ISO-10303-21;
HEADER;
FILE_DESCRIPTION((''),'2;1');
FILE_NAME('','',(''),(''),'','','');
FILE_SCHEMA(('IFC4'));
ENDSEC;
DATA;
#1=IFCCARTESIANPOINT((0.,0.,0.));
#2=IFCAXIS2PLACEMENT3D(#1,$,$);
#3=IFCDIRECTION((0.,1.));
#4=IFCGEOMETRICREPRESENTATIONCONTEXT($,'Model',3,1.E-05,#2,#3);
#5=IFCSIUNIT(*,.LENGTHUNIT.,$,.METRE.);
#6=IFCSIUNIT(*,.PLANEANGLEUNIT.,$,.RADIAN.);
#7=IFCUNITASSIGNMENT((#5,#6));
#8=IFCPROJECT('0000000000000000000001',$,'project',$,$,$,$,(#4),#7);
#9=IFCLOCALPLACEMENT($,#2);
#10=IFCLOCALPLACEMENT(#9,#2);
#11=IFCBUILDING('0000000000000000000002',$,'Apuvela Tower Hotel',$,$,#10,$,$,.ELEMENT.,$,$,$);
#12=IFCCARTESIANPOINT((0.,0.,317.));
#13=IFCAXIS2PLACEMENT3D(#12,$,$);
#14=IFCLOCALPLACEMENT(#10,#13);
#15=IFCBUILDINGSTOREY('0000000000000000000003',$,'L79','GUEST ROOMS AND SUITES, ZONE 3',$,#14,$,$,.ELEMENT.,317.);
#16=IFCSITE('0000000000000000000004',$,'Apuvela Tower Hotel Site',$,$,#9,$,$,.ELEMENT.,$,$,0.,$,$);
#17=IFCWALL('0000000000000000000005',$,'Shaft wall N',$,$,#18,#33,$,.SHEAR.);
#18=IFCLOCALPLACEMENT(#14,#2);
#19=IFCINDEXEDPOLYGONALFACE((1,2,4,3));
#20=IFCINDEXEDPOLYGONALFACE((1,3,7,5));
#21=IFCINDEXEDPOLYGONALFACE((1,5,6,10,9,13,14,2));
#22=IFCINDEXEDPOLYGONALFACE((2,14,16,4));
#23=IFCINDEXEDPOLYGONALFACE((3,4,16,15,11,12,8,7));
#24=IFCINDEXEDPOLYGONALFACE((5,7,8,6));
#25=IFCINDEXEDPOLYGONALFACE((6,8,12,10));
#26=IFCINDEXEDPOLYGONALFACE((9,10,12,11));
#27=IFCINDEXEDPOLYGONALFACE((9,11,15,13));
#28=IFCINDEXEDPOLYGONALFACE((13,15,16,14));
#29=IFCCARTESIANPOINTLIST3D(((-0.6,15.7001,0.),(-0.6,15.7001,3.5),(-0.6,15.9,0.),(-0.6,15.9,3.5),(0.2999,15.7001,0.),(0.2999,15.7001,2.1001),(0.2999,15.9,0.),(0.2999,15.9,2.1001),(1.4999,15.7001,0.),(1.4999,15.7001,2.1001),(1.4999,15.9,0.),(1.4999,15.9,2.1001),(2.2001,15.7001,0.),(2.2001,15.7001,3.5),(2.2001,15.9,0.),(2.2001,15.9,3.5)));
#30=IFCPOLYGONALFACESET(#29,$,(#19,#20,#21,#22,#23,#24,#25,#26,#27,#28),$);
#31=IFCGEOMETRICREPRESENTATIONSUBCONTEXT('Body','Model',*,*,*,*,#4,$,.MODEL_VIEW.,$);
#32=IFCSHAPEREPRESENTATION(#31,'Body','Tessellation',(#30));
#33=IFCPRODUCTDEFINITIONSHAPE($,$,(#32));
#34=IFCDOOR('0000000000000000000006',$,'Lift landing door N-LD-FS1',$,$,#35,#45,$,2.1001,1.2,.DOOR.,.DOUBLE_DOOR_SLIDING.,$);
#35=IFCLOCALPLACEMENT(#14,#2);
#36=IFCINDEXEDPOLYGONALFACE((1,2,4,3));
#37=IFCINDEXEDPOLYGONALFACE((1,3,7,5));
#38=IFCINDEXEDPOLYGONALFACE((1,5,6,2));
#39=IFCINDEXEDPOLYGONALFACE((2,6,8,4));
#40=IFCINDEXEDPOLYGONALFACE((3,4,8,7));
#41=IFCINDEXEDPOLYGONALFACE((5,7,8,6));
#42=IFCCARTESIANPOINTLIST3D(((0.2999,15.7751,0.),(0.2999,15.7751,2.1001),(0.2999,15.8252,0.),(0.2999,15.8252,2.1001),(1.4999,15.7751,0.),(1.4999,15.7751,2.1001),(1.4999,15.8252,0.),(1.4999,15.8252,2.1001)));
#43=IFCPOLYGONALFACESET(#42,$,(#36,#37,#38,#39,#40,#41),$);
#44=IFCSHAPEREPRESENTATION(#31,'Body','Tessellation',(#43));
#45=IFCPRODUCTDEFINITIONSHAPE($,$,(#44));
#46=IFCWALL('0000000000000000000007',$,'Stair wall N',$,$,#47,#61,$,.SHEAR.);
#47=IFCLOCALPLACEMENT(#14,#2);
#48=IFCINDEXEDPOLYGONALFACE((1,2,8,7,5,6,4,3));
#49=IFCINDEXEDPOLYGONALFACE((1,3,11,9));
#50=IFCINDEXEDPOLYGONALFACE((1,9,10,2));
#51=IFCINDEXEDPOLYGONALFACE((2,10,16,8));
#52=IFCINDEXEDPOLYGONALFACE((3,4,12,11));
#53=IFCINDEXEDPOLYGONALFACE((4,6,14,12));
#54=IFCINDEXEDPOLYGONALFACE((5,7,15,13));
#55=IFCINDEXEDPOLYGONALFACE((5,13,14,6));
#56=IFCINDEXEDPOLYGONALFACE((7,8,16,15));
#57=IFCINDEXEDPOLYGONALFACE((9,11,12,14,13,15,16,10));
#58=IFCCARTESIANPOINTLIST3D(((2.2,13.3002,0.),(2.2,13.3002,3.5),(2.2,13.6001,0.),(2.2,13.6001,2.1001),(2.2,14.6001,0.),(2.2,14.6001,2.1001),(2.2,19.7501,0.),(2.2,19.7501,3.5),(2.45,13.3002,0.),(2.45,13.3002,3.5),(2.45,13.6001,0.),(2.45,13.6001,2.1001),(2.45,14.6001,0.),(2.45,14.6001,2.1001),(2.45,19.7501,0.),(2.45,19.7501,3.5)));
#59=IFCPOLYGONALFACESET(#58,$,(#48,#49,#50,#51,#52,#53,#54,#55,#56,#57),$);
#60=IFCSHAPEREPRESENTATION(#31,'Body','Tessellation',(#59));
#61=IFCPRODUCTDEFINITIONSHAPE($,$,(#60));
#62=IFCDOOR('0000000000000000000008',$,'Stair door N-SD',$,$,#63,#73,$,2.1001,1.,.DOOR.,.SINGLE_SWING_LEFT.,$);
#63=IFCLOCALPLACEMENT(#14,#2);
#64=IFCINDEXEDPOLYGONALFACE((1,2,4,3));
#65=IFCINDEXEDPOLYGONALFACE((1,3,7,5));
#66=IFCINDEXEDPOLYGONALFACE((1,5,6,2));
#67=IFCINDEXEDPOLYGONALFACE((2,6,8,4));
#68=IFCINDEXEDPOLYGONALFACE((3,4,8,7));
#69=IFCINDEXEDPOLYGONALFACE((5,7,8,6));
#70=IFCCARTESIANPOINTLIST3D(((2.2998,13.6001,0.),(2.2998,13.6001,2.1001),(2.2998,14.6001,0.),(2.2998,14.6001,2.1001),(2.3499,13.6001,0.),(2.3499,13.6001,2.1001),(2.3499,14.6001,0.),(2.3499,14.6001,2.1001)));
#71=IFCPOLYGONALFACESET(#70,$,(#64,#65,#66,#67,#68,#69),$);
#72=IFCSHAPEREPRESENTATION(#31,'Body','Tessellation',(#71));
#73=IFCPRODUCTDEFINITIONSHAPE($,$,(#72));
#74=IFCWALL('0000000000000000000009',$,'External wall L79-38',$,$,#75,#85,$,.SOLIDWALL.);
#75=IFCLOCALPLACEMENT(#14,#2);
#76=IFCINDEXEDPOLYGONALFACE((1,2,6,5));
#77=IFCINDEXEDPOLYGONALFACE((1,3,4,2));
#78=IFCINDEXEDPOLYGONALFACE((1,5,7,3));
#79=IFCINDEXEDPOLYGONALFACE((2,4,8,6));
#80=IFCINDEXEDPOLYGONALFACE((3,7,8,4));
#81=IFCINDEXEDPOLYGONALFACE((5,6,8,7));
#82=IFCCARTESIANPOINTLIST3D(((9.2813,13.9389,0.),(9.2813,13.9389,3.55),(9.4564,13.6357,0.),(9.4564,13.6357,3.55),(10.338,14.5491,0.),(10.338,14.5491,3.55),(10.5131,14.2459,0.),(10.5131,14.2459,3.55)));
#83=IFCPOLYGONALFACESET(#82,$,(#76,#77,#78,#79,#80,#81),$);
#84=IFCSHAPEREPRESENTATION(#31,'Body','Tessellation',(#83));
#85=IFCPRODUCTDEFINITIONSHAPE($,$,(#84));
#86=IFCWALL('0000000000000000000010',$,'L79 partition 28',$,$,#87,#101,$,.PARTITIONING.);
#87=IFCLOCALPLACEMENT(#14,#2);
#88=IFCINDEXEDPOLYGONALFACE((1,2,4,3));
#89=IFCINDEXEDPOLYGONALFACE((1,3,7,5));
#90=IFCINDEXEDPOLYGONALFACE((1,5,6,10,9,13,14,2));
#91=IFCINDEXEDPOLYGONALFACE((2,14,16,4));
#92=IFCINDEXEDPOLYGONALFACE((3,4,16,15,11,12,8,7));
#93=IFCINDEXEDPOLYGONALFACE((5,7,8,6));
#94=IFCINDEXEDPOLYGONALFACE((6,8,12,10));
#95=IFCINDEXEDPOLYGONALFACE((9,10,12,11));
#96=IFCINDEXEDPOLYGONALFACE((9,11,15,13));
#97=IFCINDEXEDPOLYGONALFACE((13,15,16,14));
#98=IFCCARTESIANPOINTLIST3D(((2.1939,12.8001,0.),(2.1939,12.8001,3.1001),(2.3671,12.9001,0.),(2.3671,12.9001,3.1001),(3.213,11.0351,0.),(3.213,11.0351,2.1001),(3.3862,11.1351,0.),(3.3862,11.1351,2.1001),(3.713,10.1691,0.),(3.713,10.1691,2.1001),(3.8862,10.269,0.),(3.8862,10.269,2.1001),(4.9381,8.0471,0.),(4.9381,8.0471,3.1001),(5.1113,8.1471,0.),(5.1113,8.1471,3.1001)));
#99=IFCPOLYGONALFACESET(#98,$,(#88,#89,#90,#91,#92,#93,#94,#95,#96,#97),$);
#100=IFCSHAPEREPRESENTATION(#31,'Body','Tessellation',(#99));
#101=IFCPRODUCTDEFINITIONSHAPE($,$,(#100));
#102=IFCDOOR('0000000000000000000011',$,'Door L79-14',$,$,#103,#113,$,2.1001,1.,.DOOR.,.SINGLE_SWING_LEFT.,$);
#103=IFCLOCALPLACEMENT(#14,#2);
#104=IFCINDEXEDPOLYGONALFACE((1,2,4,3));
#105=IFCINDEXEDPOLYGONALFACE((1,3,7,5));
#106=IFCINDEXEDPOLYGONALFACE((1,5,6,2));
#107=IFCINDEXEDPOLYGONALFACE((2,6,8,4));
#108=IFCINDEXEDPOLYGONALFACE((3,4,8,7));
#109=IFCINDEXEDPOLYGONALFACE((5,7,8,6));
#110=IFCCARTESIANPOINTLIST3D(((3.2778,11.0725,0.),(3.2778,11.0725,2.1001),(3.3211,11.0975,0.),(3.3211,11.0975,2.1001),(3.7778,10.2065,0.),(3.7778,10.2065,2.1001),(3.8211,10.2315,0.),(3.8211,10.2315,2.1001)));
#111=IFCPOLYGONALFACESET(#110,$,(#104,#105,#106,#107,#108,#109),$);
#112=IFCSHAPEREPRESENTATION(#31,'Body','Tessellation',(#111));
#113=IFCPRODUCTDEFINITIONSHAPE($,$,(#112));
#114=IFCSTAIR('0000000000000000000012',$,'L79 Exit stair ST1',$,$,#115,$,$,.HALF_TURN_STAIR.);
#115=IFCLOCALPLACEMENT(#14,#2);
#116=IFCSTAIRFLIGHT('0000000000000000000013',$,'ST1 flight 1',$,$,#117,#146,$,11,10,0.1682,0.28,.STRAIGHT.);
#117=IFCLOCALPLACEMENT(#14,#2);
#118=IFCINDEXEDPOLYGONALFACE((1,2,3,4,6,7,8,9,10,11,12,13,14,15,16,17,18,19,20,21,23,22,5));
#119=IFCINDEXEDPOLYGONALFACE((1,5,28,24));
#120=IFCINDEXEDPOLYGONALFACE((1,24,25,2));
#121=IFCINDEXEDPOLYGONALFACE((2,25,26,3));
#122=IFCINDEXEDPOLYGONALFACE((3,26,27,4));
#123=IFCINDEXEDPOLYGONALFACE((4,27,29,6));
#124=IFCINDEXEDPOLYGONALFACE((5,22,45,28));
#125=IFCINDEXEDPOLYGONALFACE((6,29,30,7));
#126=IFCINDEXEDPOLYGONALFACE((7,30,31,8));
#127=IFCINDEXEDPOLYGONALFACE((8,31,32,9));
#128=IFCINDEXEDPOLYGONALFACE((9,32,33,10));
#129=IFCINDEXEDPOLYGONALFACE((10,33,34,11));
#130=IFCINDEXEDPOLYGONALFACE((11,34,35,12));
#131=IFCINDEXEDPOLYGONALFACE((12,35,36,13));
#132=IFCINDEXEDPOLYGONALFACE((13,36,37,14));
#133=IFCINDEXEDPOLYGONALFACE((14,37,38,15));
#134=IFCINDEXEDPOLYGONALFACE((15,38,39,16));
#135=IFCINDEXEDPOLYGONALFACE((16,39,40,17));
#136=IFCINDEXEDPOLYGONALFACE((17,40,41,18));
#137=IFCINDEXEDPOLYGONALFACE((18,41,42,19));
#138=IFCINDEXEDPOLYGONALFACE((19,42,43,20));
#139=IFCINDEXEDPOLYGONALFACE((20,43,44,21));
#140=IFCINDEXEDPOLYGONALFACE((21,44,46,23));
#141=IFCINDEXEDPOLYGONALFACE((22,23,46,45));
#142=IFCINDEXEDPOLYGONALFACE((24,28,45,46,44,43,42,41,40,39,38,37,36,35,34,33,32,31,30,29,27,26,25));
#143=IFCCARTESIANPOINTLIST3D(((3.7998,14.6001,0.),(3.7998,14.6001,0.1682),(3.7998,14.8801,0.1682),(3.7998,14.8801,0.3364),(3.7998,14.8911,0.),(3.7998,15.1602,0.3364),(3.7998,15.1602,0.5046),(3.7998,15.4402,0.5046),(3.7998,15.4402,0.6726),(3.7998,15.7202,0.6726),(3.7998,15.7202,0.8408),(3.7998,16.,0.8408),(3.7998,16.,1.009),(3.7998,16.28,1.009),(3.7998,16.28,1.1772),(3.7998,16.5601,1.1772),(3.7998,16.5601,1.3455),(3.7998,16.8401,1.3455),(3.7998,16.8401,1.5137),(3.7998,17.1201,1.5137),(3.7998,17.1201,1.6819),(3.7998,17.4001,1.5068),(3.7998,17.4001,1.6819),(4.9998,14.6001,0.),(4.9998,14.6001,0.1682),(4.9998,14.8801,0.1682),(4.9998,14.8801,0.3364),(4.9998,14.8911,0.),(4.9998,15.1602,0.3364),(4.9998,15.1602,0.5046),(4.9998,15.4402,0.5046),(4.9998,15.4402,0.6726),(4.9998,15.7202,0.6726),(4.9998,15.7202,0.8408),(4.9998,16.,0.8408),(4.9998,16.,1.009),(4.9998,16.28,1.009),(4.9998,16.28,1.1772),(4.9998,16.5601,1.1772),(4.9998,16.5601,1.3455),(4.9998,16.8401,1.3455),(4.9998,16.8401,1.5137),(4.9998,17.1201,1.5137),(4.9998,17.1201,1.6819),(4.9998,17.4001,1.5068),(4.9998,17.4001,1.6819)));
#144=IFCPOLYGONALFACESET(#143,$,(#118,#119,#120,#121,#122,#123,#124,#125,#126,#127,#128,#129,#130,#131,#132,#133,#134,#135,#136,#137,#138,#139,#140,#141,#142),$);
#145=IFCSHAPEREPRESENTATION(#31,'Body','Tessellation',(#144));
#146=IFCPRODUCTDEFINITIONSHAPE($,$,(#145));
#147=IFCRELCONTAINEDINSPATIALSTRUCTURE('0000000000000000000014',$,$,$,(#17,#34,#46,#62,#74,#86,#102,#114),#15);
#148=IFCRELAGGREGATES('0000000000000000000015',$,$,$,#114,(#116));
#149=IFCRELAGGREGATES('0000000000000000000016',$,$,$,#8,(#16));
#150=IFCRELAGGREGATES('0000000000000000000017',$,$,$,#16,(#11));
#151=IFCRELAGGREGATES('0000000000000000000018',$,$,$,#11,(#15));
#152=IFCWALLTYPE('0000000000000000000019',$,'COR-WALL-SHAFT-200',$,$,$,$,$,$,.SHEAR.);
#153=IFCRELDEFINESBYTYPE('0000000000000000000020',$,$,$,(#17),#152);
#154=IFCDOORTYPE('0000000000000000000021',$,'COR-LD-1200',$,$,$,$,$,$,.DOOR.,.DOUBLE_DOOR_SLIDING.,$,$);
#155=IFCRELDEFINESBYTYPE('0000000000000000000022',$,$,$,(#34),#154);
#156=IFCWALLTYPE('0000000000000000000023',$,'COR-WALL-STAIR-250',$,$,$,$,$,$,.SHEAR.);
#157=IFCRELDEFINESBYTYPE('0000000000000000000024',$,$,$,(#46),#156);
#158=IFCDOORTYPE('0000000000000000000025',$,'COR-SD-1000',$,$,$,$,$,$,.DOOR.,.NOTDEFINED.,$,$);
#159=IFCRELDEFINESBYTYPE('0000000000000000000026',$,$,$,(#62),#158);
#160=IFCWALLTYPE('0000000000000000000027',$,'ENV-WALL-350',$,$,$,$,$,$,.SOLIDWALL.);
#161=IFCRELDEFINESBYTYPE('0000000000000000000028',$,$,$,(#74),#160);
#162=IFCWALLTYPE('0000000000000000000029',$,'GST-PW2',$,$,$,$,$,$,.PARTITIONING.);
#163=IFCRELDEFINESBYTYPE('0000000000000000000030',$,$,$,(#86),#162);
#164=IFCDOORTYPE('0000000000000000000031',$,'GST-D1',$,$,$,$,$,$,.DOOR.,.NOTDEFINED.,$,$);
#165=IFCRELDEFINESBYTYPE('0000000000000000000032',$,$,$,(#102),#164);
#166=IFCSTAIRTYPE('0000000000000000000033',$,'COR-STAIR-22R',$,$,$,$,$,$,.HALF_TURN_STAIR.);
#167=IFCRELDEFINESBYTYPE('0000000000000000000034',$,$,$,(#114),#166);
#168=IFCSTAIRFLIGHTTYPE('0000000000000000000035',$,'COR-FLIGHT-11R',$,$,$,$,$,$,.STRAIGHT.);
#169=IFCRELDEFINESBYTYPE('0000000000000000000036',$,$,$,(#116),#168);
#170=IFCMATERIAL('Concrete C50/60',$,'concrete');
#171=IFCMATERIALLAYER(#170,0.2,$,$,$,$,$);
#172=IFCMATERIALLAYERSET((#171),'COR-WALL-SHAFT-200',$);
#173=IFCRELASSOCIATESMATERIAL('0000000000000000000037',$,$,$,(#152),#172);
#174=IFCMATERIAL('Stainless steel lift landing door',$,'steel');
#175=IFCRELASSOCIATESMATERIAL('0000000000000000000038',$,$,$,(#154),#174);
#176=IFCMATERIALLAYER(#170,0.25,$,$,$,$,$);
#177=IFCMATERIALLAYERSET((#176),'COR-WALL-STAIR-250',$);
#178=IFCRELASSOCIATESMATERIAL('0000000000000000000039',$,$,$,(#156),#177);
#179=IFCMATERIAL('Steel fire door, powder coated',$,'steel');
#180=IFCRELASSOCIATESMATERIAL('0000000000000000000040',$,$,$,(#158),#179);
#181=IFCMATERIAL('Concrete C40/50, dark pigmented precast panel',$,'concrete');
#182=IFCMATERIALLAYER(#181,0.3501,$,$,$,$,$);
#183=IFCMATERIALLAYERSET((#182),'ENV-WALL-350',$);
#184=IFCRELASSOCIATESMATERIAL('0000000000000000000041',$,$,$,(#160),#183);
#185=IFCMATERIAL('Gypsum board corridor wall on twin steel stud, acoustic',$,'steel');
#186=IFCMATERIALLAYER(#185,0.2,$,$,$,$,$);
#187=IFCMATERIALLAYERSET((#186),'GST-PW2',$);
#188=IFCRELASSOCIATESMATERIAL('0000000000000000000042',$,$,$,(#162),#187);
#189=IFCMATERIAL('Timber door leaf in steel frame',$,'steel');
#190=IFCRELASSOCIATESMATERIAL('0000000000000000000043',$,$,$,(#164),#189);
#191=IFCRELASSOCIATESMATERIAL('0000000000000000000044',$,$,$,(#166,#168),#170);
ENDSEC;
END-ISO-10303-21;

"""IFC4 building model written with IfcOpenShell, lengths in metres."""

from ifc_helpers import new_model, si_unit, direction, frame, frame_2d, origin, place, context, subcontext, project, spatial, polyline, rectangle, outline, extrude, material, layer, layer_set, type_object, element, fill, aggregate, save


model = new_model("IFC4")

# Units and contexts
model_context = context("Model", 3, precision=1e-05, world=origin(), true_north=direction((0.0, 1.0)))
body_context = subcontext(model_context, "Body", "Model", "MODEL_VIEW")
ifc_project = project(units=[si_unit("LENGTHUNIT", "METRE"), si_unit("PLANEANGLEUNIT", "RADIAN")], contexts=[model_context])

# Site, building, storey
site_placement = place(None, origin())
site = spatial("IfcSite", under=ifc_project, at=site_placement, Name="Apuvela Tower Hotel Site", CompositionType="ELEMENT", RefElevation=0.0)
building_placement = place(site_placement, origin())
building = spatial("IfcBuilding", under=site, at=building_placement, Name="Apuvela Tower Hotel", CompositionType="ELEMENT")
storey_placement = place(building_placement, frame((0.0, 0.0, 317.0)))
storey = spatial("IfcBuildingStorey", under=building, at=storey_placement, Name="L79", Description="GUEST ROOMS AND SUITES, ZONE 3", CompositionType="ELEMENT", Elevation=317.0)

# Shared definitions
ifc_material_1 = material(Name="Concrete C50/60", Category="concrete")
ifc_material_2 = material(Name="Steel fire door, powder coated", Category="steel")

# Walls, openings, doors
ifc_layer_1 = layer(ifc_material_1, 0.2)
ifc_layer_set_1 = layer_set([ifc_layer_1], Name="COR-WALL-SHAFT-200")
wall_type_1 = type_object("IfcWallType", Name="COR-WALL-SHAFT-200", PredefinedType="SHEAR", material=ifc_layer_set_1)
wall_1_placement = place(storey_placement, frame((2.2, 15.8, 0.0), z_axis=(0.0, 0.0, 1.0), x_axis=(-1.0, 0.0, 0.0)))
wall_1 = element("IfcWall", 1, at=wall_1_placement, inside=storey, type_object=wall_type_1, Name="Shaft wall N", PredefinedType="SHEAR", context=body_context, shape_type="SweptSolid", body=[
    extrude(rectangle(XDim=2.8, YDim=0.2, at=frame_2d((1.3999, 0.0))), origin(), (0.0, 0.0, 1.0), 3.5),
])
opening_1_placement = place(wall_1_placement, frame((0.7, 0.0, 0.0)))
opening_1 = element("IfcOpeningElement", 2, at=opening_1_placement, cuts=wall_1, PredefinedType="OPENING", context=body_context, shape_type="SweptSolid", body=[
    extrude(rectangle(XDim=1.2, YDim=2.1001, at=frame_2d((0.6001, 1.05))), frame((0.0, 0.1099, 0.0), z_axis=(0.0, -1.0, 0.0), x_axis=(1.0, 0.0, 0.0)), (0.0, 0.0, 1.0), 0.22),
])
ifc_material_3 = material(Name="Stainless steel lift landing door", Category="steel")
door_type_1 = type_object("IfcDoorType", Name="COR-LD-1200", OperationType="DOUBLE_DOOR_SLIDING", PredefinedType="DOOR", material=ifc_material_3)
door_1_placement = place(opening_1_placement, origin())
door_1 = element("IfcDoor", 3, at=door_1_placement, inside=storey, type_object=door_type_1, Name="Lift landing door N-LD-FS1", OperationType="DOUBLE_DOOR_SLIDING", OverallHeight=2.1001, OverallWidth=1.2, PredefinedType="DOOR", context=body_context, shape_type="SweptSolid", body=[
    extrude(rectangle(XDim=1.2, YDim=2.1001, at=frame_2d((0.6001, 1.05))), frame((0.0, 0.0249, 0.0), z_axis=(0.0, -1.0, 0.0), x_axis=(1.0, 0.0, 0.0)), (0.0, 0.0, 1.0), 0.05),
])
fill(opening_1, door_1)
ifc_layer_2 = layer(ifc_material_1, 0.25)
ifc_layer_set_2 = layer_set([ifc_layer_2], Name="COR-WALL-STAIR-250")
wall_type_2 = type_object("IfcWallType", Name="COR-WALL-STAIR-250", PredefinedType="SHEAR", material=ifc_layer_set_2)
wall_2_placement = place(storey_placement, frame((2.325, 13.3, 0.0), z_axis=(0.0, 0.0, 1.0), x_axis=(0.0, 1.0, 0.0)))
wall_2 = element("IfcWall", 4, at=wall_2_placement, inside=storey, type_object=wall_type_2, Name="Stair wall N", PredefinedType="SHEAR", context=body_context, shape_type="SweptSolid", body=[
    extrude(rectangle(XDim=6.45, YDim=0.25, at=frame_2d((3.2251, 0.0))), origin(), (0.0, 0.0, 1.0), 3.5),
])
opening_2_placement = place(wall_2_placement, frame((0.3, 0.0, 0.0)))
opening_2 = element("IfcOpeningElement", 5, at=opening_2_placement, cuts=wall_2, PredefinedType="OPENING", context=body_context, shape_type="SweptSolid", body=[
    extrude(rectangle(XDim=1.0, YDim=2.1001, at=frame_2d((0.5, 1.05))), frame((0.0, 0.135, 0.0), z_axis=(0.0, -1.0, 0.0), x_axis=(1.0, 0.0, 0.0)), (0.0, 0.0, 1.0), 0.27),
])
door_type_2 = type_object("IfcDoorType", Name="COR-SD-1000", OperationType="NOTDEFINED", PredefinedType="DOOR", material=ifc_material_2)
door_2_placement = place(opening_2_placement, frame((1.0, 0.0, 0.0), z_axis=(0.0, 0.0, 1.0), x_axis=(-1.0, 0.0, 0.0)))
door_2 = element("IfcDoor", 6, at=door_2_placement, inside=storey, type_object=door_type_2, Name="Stair door N-SD", OperationType="SINGLE_SWING_LEFT", OverallHeight=2.1001, OverallWidth=1.0, PredefinedType="DOOR", context=body_context, shape_type="SweptSolid", body=[
    extrude(rectangle(XDim=1.0, YDim=2.1001, at=frame_2d((0.5, 1.05))), frame((0.0, 0.0249, 0.0), z_axis=(0.0, -1.0, 0.0), x_axis=(1.0, 0.0, 0.0)), (0.0, 0.0, 1.0), 0.05),
])
fill(opening_2, door_2)

# Wall
ifc_material_4 = material(Name="Concrete C40/50, dark pigmented precast panel", Category="concrete")
ifc_layer_3 = layer(ifc_material_4, 0.3501)
ifc_layer_set_3 = layer_set([ifc_layer_3], Name="ENV-WALL-350")
wall_type_3 = type_object("IfcWallType", Name="ENV-WALL-350", PredefinedType="SOLIDWALL", material=ifc_layer_set_3)
wall_3_placement = place(storey_placement, frame((10.4255, 14.3975, 0.0), z_axis=(0.0, 0.0, 1.0), x_axis=(-0.866006, -0.500034, 0.0)))
element("IfcWall", 7, at=wall_3_placement, inside=storey, type_object=wall_type_3, Name="External wall L79-38", PredefinedType="SOLIDWALL", context=body_context, shape_type="SweptSolid", body=[
    extrude(rectangle(XDim=1.2202, YDim=0.3501, at=frame_2d((0.6101, 0.0))), origin(), (0.0, 0.0, 1.0), 3.55),
])

# Wall, opening, door
ifc_material_5 = material(Name="Gypsum board corridor wall on twin steel stud, acoustic", Category="steel")
ifc_layer_4 = layer(ifc_material_5, 0.2)
ifc_layer_set_4 = layer_set([ifc_layer_4], Name="GST-PW2")
wall_type_4 = type_object("IfcWallType", Name="GST-PW2", PredefinedType="PARTITIONING", material=ifc_layer_set_4)
wall_4_placement = place(storey_placement, frame((2.2805, 12.8501, 0.0), z_axis=(0.0, 0.0, 1.0), x_axis=(0.500005, -0.866023, 0.0)))
wall_4 = element("IfcWall", 8, at=wall_4_placement, inside=storey, type_object=wall_type_4, Name="L79 partition 28", PredefinedType="PARTITIONING", context=body_context, shape_type="SweptSolid", body=[
    extrude(rectangle(XDim=5.4883, YDim=0.2, at=frame_2d((2.7441, 0.0))), origin(), (0.0, 0.0, 1.0), 3.1001),
])
opening_3_placement = place(wall_4_placement, frame((2.0381, 0.0, 0.0)))
opening_3 = element("IfcOpeningElement", 9, at=opening_3_placement, cuts=wall_4, PredefinedType="OPENING", context=body_context, shape_type="SweptSolid", body=[
    extrude(rectangle(XDim=1.0, YDim=2.1001, at=frame_2d((0.5, 1.05))), frame((0.0, 0.1099, 0.0), z_axis=(0.0, -1.0, 0.0), x_axis=(1.0, 0.0, 0.0)), (0.0, 0.0, 1.0), 0.22),
])
ifc_material_6 = material(Name="Timber door leaf in steel frame", Category="steel")
door_type_3 = type_object("IfcDoorType", Name="GST-D1", OperationType="NOTDEFINED", PredefinedType="DOOR", material=ifc_material_6)
door_3_placement = place(opening_3_placement, origin())
door_3 = element("IfcDoor", 10, at=door_3_placement, inside=storey, type_object=door_type_3, Name="Door L79-14", OperationType="SINGLE_SWING_LEFT", OverallHeight=2.1001, OverallWidth=1.0, PredefinedType="DOOR", context=body_context, shape_type="SweptSolid", body=[
    extrude(rectangle(XDim=1.0, YDim=2.1001, at=frame_2d((0.5, 1.05))), frame((0.0, 0.0249, 0.0), z_axis=(0.0, -1.0, 0.0), x_axis=(1.0, 0.0, 0.0)), (0.0, 0.0, 1.0), 0.05),
])
fill(opening_3, door_3)

# Stair, stair flight
stair_type = type_object("IfcStairType", Name="COR-STAIR-22R", PredefinedType="HALF_TURN_STAIR", material=ifc_material_1)
stair_placement = place(storey_placement, origin())
stair = element("IfcStair", 11, at=stair_placement, inside=storey, type_object=stair_type, Name="L79 Exit stair ST1", PredefinedType="HALF_TURN_STAIR")
stair_flight_type = type_object("IfcStairFlightType", Name="COR-FLIGHT-11R", PredefinedType="STRAIGHT", material=ifc_material_1)
stair_flight_placement = place(storey_placement, frame((4.3999, 14.6001, 0.0), z_axis=(0.0, 0.0, 1.0), x_axis=(0.0, 1.0, 0.0)))
stair_flight = element("IfcStairFlight", 12, at=stair_flight_placement, type_object=stair_flight_type, Name="ST1 flight 1", NumberOfRisers=11, NumberOfTreads=10, PredefinedType="STRAIGHT", RiserHeight=0.1682, TreadLength=0.28, context=body_context, shape_type="SweptSolid", body=[
    extrude(outline(polyline([(0.0, 0.0), (0.0, 0.1682), (0.28, 0.1682), (0.28, 0.3364), (0.5601, 0.3364), (0.5601, 0.5046), (0.8401, 0.5046), (0.8401, 0.6726), (1.1201, 0.6726), (1.1201, 0.8408), (1.3999, 0.8408), (1.3999, 1.009), (1.6799, 1.009), (1.6799, 1.1772), (1.96, 1.1772), (1.96, 1.3455), (2.24, 1.3455), (2.24, 1.5137), (2.52, 1.5137), (2.52, 1.6819), (2.8, 1.6819), (2.8, 1.8501), (2.8, 1.5068), (0.291, 0.0), (0.0, 0.0)])), frame((0.0, 0.6001, 0.0), z_axis=(0.0, -1.0, 0.0), x_axis=(1.0, 0.0, 0.0)), (0.0, 0.0, 1.0), 1.2),
])
aggregate(stair, [stair_flight])

save(model, "model.ifc")
